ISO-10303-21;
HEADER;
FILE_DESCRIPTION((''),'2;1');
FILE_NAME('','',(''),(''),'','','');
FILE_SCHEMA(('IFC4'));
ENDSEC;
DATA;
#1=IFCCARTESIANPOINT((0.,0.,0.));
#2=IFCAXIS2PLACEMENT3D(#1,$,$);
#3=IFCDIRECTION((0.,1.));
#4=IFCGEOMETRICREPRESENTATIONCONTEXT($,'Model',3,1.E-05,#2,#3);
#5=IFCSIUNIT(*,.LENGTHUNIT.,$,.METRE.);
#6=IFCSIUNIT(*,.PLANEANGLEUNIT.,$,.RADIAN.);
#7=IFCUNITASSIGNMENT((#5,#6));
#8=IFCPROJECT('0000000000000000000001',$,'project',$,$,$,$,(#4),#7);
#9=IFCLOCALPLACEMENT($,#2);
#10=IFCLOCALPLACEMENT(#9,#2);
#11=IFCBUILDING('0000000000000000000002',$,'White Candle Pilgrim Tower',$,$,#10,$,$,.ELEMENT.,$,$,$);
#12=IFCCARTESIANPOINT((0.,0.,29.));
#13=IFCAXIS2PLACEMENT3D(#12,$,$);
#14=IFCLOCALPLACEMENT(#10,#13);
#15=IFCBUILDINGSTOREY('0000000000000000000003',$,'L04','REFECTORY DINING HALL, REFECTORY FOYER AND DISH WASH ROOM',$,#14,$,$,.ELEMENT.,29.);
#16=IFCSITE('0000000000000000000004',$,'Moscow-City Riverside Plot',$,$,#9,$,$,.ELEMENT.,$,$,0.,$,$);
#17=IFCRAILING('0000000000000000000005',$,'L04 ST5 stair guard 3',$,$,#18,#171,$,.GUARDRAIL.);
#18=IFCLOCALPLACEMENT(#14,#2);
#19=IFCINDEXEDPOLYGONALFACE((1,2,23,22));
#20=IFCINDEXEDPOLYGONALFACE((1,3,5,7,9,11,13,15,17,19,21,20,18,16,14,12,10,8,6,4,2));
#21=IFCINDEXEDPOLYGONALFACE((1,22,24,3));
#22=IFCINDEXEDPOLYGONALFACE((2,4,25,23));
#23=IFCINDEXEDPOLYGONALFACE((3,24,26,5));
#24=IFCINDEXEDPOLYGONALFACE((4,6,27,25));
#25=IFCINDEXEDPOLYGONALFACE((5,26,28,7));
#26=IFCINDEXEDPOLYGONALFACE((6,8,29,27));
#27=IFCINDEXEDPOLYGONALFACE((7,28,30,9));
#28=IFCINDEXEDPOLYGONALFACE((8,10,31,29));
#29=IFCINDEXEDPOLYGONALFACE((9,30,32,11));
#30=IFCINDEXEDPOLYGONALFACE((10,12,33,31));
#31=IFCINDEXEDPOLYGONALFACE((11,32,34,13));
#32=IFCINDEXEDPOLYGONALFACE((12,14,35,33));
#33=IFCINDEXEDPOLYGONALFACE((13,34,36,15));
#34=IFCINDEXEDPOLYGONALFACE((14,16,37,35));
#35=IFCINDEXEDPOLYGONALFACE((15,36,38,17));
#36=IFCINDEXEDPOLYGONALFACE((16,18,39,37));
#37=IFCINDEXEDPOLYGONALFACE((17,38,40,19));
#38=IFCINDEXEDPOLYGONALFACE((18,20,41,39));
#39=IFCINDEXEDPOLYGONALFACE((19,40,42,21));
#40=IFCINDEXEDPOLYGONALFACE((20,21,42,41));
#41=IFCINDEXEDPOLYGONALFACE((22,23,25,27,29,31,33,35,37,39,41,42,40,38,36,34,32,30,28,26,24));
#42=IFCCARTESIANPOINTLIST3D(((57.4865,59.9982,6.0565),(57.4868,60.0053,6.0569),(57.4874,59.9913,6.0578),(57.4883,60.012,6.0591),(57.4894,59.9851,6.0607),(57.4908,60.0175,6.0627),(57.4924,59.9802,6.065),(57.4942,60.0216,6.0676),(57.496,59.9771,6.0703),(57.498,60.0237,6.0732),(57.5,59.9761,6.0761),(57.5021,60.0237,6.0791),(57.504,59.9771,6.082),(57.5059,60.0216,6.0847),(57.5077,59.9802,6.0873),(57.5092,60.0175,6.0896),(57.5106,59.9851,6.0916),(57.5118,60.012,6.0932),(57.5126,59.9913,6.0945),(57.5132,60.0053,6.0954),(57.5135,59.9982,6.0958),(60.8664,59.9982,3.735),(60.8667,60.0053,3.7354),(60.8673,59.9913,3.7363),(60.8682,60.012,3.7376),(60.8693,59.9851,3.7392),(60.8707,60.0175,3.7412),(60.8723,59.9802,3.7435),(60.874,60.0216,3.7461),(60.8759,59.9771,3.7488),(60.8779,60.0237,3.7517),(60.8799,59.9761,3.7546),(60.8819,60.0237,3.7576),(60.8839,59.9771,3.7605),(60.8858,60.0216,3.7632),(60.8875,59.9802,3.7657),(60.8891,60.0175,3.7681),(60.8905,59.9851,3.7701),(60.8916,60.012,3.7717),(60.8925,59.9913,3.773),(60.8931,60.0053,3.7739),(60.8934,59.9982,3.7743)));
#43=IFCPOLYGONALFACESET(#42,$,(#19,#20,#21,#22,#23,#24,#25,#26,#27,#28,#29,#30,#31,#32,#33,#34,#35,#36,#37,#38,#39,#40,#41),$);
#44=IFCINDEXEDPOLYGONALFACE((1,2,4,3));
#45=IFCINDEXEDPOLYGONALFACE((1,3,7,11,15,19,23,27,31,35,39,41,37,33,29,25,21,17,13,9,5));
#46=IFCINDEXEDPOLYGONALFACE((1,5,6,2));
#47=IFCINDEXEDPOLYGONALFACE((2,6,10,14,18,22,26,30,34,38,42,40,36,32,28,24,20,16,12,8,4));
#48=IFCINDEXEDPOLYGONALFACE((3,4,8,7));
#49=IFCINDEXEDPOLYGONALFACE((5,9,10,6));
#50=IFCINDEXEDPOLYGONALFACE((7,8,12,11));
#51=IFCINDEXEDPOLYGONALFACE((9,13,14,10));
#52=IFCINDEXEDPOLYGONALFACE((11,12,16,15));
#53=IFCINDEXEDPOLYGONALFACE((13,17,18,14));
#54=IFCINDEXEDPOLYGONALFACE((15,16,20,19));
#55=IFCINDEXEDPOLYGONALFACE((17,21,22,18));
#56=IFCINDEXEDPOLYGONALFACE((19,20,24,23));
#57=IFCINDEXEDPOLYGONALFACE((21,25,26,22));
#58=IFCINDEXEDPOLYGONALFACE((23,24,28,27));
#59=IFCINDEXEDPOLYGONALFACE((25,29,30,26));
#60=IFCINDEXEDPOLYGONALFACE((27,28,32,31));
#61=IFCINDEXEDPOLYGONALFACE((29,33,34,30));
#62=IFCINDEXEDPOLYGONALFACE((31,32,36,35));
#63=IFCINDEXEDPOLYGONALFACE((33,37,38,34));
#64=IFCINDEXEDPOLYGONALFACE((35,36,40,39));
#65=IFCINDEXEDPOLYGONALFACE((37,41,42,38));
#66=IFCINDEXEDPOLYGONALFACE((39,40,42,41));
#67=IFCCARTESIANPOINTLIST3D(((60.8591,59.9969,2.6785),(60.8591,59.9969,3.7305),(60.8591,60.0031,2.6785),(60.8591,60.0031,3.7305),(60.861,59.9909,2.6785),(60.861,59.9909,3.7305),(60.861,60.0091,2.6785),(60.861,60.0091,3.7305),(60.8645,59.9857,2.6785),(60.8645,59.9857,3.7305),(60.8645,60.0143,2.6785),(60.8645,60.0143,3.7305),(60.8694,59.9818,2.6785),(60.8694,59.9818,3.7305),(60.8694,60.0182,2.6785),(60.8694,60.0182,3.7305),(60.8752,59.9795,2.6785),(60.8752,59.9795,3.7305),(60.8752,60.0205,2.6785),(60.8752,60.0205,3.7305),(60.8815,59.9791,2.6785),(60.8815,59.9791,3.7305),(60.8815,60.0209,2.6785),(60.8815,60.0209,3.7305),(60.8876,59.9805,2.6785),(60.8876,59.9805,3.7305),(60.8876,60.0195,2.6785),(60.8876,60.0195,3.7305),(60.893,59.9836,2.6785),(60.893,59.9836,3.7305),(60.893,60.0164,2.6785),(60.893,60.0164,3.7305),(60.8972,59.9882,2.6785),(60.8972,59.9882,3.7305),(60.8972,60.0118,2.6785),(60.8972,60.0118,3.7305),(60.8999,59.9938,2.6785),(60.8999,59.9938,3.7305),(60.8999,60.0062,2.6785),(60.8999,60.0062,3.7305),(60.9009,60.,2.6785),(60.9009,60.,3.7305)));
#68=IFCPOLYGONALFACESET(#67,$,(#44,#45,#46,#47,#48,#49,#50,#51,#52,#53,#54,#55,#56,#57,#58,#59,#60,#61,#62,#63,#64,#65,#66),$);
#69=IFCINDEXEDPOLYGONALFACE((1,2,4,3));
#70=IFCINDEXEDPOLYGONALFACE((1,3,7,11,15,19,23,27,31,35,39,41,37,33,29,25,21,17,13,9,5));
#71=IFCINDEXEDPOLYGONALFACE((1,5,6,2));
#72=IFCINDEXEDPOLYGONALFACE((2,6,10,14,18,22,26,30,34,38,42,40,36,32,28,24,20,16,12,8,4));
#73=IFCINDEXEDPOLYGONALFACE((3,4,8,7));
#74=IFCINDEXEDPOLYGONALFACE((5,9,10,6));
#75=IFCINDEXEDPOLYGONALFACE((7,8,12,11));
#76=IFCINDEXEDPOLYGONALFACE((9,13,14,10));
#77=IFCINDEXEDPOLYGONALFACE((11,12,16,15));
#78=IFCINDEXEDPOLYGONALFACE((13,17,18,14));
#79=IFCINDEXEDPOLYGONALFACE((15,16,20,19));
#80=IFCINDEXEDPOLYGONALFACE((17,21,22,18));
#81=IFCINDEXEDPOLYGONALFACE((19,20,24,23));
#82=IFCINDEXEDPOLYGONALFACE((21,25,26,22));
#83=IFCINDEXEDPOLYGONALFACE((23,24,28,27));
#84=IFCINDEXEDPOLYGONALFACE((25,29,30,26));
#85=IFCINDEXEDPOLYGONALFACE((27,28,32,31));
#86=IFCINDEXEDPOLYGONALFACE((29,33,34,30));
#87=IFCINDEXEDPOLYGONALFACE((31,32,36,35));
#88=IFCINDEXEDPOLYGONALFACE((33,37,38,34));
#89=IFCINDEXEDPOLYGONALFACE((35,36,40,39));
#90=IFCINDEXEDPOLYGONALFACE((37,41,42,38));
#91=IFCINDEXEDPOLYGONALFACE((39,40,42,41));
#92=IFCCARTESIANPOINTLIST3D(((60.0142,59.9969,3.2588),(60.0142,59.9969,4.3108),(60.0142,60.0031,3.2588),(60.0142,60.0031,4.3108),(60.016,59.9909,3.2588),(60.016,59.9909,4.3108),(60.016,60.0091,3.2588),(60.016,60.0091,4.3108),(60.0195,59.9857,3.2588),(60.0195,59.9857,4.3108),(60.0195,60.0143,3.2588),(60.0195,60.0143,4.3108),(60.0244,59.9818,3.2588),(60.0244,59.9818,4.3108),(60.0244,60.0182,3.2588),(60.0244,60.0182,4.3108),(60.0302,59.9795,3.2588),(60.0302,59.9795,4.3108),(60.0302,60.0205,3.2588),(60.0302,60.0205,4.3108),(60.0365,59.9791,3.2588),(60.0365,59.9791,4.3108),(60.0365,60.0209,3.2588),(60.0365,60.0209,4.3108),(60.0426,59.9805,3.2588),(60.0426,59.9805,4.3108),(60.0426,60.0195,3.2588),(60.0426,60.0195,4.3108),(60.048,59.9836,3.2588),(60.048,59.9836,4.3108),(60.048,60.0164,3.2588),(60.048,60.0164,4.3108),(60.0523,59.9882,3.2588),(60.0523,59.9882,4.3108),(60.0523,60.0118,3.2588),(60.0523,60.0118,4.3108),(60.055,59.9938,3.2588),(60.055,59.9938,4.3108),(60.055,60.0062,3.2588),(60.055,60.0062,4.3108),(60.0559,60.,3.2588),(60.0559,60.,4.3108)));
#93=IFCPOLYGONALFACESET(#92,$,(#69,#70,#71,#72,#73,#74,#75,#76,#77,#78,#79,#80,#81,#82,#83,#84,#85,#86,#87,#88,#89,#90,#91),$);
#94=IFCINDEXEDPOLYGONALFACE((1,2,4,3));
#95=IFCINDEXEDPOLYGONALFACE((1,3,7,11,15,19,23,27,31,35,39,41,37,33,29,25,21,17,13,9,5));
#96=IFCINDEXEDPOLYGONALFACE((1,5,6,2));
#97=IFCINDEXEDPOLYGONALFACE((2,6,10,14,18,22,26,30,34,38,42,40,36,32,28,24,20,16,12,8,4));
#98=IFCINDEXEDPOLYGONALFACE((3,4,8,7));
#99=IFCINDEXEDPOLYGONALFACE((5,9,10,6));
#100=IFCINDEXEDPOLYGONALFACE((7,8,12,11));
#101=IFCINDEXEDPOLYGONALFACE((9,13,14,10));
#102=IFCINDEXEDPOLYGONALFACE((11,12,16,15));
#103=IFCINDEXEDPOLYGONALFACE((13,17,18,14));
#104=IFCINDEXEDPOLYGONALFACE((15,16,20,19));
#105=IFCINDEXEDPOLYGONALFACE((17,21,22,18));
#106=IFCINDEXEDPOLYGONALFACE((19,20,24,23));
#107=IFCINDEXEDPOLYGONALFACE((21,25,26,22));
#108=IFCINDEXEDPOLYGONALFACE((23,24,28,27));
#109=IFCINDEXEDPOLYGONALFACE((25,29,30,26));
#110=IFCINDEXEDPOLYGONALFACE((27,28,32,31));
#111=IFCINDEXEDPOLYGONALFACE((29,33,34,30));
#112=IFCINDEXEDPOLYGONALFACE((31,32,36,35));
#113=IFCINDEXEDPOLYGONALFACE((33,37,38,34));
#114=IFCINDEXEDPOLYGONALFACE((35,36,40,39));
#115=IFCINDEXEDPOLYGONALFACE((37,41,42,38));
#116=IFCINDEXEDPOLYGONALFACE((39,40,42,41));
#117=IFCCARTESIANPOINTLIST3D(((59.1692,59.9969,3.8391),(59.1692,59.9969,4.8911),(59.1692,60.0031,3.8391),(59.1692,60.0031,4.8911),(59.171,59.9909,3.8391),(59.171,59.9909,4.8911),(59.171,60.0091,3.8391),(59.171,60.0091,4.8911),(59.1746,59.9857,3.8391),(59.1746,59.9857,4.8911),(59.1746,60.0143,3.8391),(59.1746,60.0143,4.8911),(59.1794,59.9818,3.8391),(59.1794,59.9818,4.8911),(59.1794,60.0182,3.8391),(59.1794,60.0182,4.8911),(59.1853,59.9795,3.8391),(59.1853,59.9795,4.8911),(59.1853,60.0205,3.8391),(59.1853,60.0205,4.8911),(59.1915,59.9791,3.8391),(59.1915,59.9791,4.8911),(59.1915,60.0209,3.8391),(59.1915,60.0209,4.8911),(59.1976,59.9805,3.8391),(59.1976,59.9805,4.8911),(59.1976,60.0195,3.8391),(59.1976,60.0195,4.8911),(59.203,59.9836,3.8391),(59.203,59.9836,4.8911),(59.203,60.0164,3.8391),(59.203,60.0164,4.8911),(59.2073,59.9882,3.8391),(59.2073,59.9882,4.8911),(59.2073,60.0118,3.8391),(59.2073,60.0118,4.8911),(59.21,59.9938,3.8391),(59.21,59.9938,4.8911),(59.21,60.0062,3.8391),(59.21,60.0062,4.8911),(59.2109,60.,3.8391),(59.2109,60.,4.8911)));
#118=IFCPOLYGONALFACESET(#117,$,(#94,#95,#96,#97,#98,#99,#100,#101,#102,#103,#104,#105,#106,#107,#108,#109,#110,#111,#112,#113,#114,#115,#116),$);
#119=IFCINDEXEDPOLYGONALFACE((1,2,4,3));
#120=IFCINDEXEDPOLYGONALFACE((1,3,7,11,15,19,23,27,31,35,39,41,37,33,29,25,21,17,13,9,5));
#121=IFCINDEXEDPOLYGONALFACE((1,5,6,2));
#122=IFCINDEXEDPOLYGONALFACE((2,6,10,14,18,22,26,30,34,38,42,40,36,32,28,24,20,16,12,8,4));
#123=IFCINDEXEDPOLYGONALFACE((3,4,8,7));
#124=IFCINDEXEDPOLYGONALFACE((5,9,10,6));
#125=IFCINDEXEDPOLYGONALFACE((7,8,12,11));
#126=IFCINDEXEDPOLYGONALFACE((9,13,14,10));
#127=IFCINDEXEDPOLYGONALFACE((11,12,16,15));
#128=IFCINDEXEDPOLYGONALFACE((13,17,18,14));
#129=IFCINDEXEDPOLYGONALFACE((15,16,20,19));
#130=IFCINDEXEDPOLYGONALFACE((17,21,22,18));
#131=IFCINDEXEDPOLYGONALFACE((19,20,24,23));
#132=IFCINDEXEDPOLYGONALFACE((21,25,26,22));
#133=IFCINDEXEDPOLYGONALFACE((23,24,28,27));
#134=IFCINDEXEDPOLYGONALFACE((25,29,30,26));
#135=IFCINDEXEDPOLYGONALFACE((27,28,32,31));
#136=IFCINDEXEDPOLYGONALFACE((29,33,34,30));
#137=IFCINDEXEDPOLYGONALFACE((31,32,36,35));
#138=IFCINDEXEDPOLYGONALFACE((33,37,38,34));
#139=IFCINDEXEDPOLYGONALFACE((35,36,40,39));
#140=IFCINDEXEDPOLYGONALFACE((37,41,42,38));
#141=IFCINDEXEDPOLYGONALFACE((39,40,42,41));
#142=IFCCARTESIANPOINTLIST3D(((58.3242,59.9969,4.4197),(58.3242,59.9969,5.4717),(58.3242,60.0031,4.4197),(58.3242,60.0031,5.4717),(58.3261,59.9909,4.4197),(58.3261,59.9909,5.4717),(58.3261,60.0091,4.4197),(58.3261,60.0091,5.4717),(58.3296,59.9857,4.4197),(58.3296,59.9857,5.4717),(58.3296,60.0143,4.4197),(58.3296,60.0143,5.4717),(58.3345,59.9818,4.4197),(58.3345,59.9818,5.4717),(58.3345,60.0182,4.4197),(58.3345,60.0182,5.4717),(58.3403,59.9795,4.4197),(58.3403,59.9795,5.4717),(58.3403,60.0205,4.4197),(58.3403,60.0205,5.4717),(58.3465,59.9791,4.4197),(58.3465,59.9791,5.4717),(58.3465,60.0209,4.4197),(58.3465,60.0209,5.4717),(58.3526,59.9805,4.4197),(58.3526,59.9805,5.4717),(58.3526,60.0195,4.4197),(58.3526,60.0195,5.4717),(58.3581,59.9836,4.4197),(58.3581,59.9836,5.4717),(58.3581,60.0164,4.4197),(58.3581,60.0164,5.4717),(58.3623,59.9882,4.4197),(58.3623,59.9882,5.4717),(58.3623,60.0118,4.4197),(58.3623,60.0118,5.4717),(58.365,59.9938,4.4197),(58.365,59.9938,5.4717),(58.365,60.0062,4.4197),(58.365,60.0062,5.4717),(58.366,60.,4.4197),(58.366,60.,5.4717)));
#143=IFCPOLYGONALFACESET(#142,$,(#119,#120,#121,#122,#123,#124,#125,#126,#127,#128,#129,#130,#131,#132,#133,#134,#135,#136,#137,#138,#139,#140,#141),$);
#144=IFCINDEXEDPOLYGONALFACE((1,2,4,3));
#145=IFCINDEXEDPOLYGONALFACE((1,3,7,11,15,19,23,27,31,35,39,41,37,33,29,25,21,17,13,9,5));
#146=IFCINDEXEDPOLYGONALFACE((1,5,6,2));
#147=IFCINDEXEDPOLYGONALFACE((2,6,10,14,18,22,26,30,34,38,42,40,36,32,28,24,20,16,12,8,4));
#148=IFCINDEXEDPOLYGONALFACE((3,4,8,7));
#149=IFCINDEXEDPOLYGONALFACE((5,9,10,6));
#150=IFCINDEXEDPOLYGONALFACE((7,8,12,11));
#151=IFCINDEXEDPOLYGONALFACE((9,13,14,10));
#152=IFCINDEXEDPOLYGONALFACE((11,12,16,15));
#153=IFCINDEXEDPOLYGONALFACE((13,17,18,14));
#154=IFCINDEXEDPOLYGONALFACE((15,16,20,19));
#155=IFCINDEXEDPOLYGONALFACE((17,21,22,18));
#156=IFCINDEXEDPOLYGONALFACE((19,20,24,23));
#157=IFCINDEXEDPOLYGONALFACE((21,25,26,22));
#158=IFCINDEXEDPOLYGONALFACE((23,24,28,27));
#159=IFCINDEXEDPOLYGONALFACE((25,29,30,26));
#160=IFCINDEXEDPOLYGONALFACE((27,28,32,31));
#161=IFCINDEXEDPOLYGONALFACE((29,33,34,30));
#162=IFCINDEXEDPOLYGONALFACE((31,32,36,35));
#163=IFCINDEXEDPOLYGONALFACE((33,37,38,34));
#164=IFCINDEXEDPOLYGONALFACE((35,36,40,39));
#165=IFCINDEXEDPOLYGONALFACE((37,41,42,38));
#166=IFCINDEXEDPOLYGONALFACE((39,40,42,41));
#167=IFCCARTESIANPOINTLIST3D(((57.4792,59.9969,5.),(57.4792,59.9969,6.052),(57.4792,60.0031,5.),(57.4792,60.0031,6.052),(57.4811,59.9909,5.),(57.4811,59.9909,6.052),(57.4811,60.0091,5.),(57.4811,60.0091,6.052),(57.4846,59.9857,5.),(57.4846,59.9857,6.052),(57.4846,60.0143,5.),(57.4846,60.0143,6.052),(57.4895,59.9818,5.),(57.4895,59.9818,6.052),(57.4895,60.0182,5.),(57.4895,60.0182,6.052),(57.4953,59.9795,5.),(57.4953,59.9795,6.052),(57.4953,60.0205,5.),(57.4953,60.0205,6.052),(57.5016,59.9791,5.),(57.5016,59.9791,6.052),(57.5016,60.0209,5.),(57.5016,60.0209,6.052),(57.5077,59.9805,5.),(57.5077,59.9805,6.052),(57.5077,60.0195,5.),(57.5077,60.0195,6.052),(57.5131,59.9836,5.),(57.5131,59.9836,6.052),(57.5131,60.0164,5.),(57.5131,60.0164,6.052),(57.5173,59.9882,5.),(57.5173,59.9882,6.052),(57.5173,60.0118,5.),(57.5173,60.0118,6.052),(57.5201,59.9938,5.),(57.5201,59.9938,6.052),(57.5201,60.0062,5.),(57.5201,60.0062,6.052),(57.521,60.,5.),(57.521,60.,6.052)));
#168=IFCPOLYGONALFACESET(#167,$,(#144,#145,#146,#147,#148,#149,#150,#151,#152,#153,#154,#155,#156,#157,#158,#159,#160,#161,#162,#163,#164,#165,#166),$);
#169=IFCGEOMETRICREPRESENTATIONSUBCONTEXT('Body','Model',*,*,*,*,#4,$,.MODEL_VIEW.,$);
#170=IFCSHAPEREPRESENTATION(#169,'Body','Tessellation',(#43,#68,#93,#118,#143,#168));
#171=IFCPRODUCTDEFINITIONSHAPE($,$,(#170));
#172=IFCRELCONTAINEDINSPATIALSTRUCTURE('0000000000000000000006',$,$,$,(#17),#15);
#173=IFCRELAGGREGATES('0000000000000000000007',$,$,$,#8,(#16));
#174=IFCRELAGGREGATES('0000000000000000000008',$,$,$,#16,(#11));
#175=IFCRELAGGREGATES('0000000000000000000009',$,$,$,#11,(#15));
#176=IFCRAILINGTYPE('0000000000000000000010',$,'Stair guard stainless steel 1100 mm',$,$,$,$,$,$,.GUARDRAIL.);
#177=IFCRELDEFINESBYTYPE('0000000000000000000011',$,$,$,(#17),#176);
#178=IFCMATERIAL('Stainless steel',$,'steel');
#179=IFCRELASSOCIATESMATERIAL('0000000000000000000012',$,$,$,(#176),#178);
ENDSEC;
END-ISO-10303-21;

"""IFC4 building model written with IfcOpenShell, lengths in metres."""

from ifc_helpers import new_model, si_unit, direction, frame, origin, origin_2d, place, context, subcontext, project, spatial, circle, extrude, material, type_object, element, save


model = new_model("IFC4")

# Units and contexts
model_context = context("Model", 3, precision=1e-05, world=origin(), true_north=direction((0.0, 1.0)))
body_context = subcontext(model_context, "Body", "Model", "MODEL_VIEW")
ifc_project = project(units=[si_unit("LENGTHUNIT", "METRE"), si_unit("PLANEANGLEUNIT", "RADIAN")], contexts=[model_context])

# Site, building, storey
site_placement = place(None, origin())
site = spatial("IfcSite", under=ifc_project, at=site_placement, Name="Moscow-City Riverside Plot", CompositionType="ELEMENT", RefElevation=0.0)
building_placement = place(site_placement, origin())
building = spatial("IfcBuilding", under=site, at=building_placement, Name="White Candle Pilgrim Tower", CompositionType="ELEMENT")
storey_placement = place(building_placement, frame((0.0, 0.0, 29.0)))
storey = spatial("IfcBuildingStorey", under=building, at=storey_placement, Name="L04", Description="REFECTORY DINING HALL, REFECTORY FOYER AND DISH WASH ROOM", CompositionType="ELEMENT", Elevation=29.0)

# Railing
ifc_material_1 = material(Name="Stainless steel", Category="steel")
railing_type_1 = type_object("IfcRailingType", Name="Stair guard stainless steel 1100 mm", PredefinedType="GUARDRAIL", material=ifc_material_1)
railing_1_placement = place(storey_placement, frame((60.8799, 60.0, 2.6785)))
element("IfcRailing", 1, at=railing_1_placement, inside=storey, type_object=railing_type_1, Name="L04 ST5 stair guard 3", PredefinedType="GUARDRAIL", context=body_context, shape_type="SweptSolid", body=[
    extrude(circle(Radius=0.0239, at=origin_2d()), frame((0.0, 0.0, 1.0762), z_axis=(-0.824285, 0.0, 0.566175), x_axis=(0.0, -1.0, 0.0)), (0.0, 0.0, 1.0), 4.1003),
    extrude(circle(Radius=0.021, at=origin_2d()), origin(), (0.0, 0.0, 1.0), 1.052),
    extrude(circle(Radius=0.021, at=origin_2d()), frame((-0.845, 0.0, 0.5803)), (0.0, 0.0, 1.0), 1.052),
    extrude(circle(Radius=0.021, at=origin_2d()), frame((-1.6899, 0.0, 1.1606)), (0.0, 0.0, 1.0), 1.052),
    extrude(circle(Radius=0.021, at=origin_2d()), frame((-2.5349, 0.0, 1.7412)), (0.0, 0.0, 1.0), 1.052),
    extrude(circle(Radius=0.021, at=origin_2d()), frame((-3.3799, 0.0, 2.3215)), (0.0, 0.0, 1.0), 1.052),
])

save(model, "model.ifc")
